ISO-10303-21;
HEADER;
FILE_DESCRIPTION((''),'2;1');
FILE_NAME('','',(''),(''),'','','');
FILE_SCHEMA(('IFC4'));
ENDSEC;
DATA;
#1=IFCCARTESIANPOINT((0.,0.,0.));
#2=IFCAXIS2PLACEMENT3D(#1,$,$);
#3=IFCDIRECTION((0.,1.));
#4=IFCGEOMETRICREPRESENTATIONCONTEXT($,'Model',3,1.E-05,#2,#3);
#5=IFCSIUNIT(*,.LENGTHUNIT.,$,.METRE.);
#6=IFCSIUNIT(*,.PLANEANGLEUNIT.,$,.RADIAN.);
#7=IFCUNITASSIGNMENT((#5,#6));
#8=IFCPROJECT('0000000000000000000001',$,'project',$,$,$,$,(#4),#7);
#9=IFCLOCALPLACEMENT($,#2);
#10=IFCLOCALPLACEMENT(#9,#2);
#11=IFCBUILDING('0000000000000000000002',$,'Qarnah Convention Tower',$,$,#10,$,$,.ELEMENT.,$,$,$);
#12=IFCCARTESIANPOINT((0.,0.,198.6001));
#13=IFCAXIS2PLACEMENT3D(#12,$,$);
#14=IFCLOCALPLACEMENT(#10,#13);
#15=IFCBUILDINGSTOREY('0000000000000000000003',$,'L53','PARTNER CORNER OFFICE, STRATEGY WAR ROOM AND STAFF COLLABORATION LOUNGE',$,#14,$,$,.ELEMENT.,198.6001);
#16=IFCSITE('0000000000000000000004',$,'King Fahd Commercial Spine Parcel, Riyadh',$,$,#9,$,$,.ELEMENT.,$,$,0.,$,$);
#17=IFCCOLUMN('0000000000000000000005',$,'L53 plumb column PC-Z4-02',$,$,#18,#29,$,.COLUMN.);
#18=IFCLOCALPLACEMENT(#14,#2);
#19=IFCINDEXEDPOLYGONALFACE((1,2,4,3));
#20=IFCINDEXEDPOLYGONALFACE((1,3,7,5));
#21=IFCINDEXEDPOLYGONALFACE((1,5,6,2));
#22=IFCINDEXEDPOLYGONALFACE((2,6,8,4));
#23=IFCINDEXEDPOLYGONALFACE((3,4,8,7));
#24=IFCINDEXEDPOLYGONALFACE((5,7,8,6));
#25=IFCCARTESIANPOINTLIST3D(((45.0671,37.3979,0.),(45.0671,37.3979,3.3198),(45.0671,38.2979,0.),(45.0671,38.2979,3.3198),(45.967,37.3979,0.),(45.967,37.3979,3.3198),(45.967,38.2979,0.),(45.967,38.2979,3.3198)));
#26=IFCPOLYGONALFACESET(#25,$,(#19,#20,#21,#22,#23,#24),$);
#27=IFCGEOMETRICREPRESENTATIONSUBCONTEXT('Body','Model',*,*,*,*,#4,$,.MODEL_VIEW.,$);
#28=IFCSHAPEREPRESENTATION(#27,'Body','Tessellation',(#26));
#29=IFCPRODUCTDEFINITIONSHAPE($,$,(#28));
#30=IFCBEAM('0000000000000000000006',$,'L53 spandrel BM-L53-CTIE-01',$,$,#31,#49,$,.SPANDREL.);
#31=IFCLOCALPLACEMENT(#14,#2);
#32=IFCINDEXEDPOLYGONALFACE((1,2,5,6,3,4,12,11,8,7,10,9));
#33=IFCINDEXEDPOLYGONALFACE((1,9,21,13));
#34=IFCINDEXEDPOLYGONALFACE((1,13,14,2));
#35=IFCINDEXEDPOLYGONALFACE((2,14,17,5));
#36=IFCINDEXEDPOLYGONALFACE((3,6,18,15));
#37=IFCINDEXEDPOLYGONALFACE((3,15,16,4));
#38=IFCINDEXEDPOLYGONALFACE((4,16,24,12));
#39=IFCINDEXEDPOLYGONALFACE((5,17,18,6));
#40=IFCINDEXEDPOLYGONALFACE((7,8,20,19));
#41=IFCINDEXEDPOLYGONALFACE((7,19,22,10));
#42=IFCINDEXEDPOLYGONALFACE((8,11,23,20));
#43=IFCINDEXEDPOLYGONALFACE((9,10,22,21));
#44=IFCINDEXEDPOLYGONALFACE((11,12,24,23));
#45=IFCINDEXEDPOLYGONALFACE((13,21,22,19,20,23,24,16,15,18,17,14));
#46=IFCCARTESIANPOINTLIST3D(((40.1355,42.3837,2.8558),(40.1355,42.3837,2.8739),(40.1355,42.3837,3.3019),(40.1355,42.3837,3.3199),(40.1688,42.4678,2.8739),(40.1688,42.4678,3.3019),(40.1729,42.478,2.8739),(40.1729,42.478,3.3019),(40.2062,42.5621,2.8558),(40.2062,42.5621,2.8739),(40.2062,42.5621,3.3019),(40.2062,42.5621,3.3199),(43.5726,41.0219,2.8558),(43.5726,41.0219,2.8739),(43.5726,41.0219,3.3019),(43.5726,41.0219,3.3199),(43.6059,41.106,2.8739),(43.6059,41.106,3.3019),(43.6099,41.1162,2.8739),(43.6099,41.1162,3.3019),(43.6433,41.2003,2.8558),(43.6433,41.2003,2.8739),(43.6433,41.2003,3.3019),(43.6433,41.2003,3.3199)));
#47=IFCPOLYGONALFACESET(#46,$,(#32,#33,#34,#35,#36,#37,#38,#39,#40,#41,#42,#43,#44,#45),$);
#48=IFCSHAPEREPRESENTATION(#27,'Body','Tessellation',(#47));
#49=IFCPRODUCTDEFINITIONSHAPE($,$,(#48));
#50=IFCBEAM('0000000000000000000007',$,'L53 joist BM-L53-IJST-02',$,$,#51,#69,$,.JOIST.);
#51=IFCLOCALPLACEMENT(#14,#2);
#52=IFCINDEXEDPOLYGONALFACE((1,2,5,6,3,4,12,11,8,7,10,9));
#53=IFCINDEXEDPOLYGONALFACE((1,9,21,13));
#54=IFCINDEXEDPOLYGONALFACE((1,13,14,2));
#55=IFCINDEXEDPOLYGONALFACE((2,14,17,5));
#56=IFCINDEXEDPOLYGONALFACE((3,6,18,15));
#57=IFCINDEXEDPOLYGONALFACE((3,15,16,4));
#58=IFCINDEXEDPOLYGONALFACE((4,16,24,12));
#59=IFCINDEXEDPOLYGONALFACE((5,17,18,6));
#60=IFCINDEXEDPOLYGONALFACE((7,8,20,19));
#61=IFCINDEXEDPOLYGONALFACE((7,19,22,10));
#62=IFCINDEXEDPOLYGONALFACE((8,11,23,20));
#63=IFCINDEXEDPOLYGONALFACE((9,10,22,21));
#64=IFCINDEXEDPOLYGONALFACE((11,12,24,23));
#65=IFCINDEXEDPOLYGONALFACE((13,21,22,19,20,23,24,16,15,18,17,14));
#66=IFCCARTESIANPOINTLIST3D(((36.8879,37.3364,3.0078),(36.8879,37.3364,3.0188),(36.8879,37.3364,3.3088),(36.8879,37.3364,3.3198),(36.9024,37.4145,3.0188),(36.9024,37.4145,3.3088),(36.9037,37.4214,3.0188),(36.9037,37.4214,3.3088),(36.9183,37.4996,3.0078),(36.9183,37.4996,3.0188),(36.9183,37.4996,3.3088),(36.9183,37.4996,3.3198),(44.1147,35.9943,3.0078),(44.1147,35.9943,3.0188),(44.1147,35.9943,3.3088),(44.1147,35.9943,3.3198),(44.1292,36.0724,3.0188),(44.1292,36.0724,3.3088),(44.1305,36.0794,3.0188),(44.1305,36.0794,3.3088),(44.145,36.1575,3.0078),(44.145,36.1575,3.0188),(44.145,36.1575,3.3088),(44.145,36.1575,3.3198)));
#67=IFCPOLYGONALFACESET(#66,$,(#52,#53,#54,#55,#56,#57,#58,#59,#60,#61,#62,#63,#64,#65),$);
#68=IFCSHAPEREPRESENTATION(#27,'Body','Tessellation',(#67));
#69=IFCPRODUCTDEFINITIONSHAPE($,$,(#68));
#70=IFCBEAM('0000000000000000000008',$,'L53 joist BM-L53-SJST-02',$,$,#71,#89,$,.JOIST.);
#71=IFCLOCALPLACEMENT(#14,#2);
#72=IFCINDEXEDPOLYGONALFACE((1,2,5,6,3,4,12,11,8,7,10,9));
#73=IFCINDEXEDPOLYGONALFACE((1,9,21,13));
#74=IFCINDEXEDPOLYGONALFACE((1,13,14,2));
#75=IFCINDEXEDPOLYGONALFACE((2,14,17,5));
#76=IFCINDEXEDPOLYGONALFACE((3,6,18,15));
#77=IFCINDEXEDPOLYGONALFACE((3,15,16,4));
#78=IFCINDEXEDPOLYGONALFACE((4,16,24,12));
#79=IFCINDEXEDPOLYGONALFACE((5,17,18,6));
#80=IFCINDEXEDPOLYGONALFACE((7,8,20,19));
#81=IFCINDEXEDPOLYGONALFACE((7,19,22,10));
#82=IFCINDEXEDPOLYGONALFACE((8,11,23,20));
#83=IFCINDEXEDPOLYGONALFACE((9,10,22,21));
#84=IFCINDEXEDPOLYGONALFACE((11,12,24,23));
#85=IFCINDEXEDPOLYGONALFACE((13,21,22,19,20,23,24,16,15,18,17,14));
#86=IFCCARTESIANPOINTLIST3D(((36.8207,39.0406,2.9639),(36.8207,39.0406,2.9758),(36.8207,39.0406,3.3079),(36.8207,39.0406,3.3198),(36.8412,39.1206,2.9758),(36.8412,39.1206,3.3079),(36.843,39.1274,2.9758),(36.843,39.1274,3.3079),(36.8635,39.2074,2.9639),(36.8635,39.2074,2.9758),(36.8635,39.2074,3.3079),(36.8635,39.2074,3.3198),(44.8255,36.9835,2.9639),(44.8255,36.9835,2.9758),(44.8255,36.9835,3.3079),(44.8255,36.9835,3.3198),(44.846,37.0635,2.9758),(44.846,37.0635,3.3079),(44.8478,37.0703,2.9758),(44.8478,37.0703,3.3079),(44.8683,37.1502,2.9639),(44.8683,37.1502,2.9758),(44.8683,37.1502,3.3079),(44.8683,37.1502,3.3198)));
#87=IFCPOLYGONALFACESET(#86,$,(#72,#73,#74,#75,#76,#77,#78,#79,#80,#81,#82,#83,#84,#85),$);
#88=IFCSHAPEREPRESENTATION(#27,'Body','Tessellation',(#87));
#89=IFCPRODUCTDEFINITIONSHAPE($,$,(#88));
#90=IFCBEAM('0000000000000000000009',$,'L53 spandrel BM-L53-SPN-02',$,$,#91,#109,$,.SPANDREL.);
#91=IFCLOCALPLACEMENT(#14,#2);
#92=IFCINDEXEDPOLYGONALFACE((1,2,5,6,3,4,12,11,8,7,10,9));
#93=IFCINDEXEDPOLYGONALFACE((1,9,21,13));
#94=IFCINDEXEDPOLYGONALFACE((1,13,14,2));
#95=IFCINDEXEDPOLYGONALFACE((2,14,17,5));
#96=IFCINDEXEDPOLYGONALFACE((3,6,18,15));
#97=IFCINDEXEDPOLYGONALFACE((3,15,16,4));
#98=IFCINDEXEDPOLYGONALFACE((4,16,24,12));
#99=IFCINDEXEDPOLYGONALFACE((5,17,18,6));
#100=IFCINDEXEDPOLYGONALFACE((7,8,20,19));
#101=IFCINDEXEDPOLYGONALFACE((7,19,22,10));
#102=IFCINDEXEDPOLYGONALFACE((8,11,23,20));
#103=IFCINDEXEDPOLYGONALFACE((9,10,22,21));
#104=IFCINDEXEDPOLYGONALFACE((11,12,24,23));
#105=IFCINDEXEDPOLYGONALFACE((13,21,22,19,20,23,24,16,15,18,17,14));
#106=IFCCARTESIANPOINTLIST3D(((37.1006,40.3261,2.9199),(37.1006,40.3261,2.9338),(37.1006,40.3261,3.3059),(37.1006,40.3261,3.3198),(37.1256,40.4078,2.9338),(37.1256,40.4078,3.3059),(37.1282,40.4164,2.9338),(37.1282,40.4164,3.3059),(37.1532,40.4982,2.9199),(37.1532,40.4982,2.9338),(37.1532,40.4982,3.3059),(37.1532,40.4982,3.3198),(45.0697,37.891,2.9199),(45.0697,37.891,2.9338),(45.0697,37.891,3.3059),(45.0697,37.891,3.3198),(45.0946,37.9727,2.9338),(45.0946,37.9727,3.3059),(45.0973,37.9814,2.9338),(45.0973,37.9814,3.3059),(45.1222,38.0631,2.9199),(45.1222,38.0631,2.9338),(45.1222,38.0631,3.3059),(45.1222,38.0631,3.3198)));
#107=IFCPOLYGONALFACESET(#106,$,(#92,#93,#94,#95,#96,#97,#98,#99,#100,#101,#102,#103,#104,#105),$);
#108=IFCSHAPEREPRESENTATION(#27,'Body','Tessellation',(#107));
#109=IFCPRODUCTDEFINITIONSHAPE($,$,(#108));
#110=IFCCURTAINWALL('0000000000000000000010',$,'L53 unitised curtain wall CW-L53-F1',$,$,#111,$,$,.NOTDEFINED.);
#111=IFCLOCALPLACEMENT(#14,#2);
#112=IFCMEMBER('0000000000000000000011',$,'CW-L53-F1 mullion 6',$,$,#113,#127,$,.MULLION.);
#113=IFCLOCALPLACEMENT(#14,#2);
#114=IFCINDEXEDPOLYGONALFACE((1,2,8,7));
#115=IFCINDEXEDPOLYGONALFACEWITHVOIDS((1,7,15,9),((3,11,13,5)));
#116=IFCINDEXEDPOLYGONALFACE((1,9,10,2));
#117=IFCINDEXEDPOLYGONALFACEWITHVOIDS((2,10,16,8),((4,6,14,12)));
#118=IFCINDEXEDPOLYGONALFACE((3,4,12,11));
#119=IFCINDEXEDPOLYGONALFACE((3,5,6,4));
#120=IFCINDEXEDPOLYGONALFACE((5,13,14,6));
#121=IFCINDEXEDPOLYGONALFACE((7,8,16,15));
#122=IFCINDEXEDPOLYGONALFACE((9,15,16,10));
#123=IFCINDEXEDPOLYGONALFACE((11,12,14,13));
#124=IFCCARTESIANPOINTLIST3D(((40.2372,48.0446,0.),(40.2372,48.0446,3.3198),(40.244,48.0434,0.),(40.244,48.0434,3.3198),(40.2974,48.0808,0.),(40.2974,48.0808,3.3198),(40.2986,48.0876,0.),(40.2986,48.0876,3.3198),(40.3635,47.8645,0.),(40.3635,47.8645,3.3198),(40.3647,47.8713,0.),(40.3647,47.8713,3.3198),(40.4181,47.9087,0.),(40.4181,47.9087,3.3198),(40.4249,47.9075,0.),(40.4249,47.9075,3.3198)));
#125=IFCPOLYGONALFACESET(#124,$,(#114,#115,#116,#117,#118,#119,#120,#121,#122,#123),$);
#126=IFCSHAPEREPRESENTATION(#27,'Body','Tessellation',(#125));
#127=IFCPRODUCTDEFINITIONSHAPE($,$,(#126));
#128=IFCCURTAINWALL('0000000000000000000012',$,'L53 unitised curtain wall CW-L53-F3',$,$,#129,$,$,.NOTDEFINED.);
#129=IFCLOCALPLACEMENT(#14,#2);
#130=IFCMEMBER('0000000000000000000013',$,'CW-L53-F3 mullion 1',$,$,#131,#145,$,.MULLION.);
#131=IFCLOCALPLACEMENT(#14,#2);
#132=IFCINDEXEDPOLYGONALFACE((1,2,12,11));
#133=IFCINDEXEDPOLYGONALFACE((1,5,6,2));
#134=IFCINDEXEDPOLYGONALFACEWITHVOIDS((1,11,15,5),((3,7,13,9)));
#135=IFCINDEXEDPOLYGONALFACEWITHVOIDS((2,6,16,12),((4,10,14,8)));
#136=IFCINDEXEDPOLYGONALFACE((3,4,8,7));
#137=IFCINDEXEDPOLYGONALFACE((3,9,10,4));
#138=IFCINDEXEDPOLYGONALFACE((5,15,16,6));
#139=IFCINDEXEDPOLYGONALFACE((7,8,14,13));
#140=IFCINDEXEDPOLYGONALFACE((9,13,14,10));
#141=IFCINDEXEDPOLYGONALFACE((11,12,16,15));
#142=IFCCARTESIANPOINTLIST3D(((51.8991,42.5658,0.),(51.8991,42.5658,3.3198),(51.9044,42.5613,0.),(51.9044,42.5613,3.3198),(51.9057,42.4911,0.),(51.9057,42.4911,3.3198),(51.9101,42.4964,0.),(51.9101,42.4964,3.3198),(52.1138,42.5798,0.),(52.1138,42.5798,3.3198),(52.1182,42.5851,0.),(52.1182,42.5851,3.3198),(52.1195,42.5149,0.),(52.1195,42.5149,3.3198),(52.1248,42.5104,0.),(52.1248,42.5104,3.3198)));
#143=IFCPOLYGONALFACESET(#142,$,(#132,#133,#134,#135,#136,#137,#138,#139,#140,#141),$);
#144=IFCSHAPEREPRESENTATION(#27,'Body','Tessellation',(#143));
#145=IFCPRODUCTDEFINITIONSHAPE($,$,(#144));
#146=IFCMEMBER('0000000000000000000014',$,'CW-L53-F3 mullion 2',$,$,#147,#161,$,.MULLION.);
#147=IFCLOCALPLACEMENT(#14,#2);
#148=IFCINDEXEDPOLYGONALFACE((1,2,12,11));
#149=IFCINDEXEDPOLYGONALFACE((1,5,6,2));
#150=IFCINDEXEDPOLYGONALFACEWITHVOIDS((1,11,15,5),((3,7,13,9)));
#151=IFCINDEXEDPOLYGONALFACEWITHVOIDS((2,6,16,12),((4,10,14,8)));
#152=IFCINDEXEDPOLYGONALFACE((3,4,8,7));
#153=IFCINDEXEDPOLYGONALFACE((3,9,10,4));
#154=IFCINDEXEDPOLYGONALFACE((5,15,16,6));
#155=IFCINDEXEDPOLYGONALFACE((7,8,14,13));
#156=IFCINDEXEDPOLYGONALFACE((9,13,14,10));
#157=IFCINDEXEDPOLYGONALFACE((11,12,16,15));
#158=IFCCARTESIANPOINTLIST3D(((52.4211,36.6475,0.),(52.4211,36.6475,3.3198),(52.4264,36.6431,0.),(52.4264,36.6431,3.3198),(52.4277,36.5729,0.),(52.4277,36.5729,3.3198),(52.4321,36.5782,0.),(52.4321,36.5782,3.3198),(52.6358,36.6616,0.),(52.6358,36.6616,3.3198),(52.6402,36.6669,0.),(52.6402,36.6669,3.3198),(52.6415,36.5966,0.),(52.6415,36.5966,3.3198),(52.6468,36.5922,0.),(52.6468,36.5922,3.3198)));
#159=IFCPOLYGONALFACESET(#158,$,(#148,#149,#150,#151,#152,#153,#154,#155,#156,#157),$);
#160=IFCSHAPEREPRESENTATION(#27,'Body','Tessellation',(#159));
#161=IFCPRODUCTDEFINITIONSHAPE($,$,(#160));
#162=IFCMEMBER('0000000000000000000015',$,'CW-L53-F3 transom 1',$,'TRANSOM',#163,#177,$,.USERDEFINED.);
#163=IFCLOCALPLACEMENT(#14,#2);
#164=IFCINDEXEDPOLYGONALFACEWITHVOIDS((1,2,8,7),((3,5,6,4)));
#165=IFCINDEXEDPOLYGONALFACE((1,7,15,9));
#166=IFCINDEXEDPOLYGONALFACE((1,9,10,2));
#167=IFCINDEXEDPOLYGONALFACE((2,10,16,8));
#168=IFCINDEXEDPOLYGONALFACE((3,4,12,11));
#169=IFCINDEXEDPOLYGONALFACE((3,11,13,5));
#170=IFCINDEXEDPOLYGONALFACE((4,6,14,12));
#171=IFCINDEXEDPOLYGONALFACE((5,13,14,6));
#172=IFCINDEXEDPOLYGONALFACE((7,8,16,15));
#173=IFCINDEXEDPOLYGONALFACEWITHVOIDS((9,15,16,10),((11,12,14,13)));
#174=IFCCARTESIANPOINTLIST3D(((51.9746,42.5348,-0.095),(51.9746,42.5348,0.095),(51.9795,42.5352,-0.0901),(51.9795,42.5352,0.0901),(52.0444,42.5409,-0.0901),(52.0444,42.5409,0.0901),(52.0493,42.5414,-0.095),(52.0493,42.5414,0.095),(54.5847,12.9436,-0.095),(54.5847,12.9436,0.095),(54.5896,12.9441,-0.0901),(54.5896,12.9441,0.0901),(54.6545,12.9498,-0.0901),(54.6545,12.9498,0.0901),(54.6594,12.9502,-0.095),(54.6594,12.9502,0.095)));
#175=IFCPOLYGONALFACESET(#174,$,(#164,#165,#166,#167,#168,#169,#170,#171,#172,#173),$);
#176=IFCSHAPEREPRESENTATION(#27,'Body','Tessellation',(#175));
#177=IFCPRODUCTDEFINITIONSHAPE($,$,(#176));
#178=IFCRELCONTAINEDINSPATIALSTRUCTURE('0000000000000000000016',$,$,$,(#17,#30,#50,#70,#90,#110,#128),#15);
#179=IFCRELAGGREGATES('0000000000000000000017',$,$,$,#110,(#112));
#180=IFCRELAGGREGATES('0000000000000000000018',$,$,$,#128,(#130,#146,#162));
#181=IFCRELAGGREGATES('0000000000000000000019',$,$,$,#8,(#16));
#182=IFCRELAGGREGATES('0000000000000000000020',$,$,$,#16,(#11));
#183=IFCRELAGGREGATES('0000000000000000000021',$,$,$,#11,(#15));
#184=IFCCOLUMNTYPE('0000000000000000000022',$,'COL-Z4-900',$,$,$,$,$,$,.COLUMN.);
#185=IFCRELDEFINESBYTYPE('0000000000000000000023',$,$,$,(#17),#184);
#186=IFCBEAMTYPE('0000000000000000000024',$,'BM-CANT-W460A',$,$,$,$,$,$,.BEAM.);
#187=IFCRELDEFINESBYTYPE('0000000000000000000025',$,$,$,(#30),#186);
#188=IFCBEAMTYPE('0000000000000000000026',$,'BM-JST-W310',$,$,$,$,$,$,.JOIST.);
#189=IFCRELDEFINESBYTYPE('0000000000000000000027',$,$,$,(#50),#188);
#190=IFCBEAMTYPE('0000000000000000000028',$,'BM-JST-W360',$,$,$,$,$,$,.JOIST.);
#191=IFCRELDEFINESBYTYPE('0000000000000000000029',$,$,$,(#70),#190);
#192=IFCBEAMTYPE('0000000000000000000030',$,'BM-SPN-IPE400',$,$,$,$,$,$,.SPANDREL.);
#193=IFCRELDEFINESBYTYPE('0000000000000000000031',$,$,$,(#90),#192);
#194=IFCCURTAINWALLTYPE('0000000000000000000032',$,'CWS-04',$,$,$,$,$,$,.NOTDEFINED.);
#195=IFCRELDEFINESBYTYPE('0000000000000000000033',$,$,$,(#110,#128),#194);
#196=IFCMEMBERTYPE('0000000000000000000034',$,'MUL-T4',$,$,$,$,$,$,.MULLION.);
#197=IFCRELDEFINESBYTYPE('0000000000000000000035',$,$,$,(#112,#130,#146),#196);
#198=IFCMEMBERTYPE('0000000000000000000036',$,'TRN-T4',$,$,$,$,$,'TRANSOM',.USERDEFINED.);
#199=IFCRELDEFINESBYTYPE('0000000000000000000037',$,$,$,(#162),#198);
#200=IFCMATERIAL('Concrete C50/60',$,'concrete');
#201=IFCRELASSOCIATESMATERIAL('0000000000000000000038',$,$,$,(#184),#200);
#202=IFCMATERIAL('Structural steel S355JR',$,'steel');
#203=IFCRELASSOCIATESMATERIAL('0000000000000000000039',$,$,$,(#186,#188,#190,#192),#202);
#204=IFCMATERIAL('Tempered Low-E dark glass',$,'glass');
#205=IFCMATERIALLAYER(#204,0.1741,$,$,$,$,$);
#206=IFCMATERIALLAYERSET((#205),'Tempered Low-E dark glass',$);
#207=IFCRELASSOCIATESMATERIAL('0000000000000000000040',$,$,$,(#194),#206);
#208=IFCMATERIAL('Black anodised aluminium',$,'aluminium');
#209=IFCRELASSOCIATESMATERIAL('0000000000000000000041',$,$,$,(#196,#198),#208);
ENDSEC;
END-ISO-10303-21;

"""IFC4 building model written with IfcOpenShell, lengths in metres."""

from ifc_helpers import new_model, si_unit, direction, frame, origin, origin_2d, place, context, subcontext, project, spatial, rectangle, hollow_rectangle, i_section, extrude, material, layer, layer_set, material_profile, profile_set, type_object, element, aggregate, save


model = new_model("IFC4")

# Units and contexts
model_context = context("Model", 3, precision=1e-05, world=origin(), true_north=direction((0.0, 1.0)))
body_context = subcontext(model_context, "Body", "Model", "MODEL_VIEW")
ifc_project = project(units=[si_unit("LENGTHUNIT", "METRE"), si_unit("PLANEANGLEUNIT", "RADIAN")], contexts=[model_context])

# Site, building, storey
site_placement = place(None, origin())
site = spatial("IfcSite", under=ifc_project, at=site_placement, Name="King Fahd Commercial Spine Parcel, Riyadh", CompositionType="ELEMENT", RefElevation=0.0)
building_placement = place(site_placement, origin())
building = spatial("IfcBuilding", under=site, at=building_placement, Name="Qarnah Convention Tower", CompositionType="ELEMENT")
storey_placement = place(building_placement, frame((0.0, 0.0, 198.6001)))
storey = spatial("IfcBuildingStorey", under=building, at=storey_placement, Name="L53", Description="PARTNER CORNER OFFICE, STRATEGY WAR ROOM AND STAFF COLLABORATION LOUNGE", CompositionType="ELEMENT", Elevation=198.6001)

# Column
ifc_material_1 = material(Name="Concrete C50/60", Category="concrete")
ifc_material_profile_1 = material_profile(ifc_material_1, rectangle(XDim=0.8999, YDim=0.8999, at=origin_2d()), Name="RC-COL-900X900")
ifc_profile_set_1 = profile_set([ifc_material_profile_1], Name="Concrete C50/60")
column_type = type_object("IfcColumnType", Name="COL-Z4-900", PredefinedType="COLUMN", material=ifc_profile_set_1)
column_placement = place(storey_placement, frame((45.5171, 37.8479, 0.0), z_axis=(0.0, 0.0, 1.0), x_axis=(1.0, 0.0, 0.0)))
element("IfcColumn", 1, at=column_placement, inside=storey, type_object=column_type, Name="L53 plumb column PC-Z4-02", PredefinedType="COLUMN", context=body_context, shape_type="SweptSolid", body=[
    extrude(rectangle(XDim=0.8999, YDim=0.8999, at=origin_2d()), origin(), (0.0, 0.0, 1.0), 3.3198),
])

# Beams
ifc_material_2 = material(Name="Structural steel S355JR", Category="steel")
ifc_material_profile_2 = material_profile(ifc_material_2, i_section(OverallWidth=0.1919, OverallDepth=0.4641, WebThickness=0.011, FlangeThickness=0.0181, at=origin_2d()), Name="W460X89")
ifc_profile_set_2 = profile_set([ifc_material_profile_2], Name="Structural steel S355JR")
beam_type_1 = type_object("IfcBeamType", Name="BM-CANT-W460A", PredefinedType="BEAM", material=ifc_profile_set_2)
beam_1_placement = place(storey_placement, frame((43.6079, 41.1111, 3.0879), z_axis=(-0.929683, 0.36836, 0.0), x_axis=(-0.36836, -0.929683, 0.0)))
element("IfcBeam", 2, at=beam_1_placement, inside=storey, type_object=beam_type_1, Name="L53 spandrel BM-L53-CTIE-01", PredefinedType="SPANDREL", context=body_context, shape_type="SweptSolid", body=[
    extrude(i_section(OverallWidth=0.1919, OverallDepth=0.4641, WebThickness=0.011, FlangeThickness=0.0181, at=origin_2d()), origin(), (0.0, 0.0, 1.0), 3.697),
])
ifc_material_profile_3 = material_profile(ifc_material_2, i_section(OverallWidth=0.166, OverallDepth=0.312, WebThickness=0.0071, FlangeThickness=0.011, at=origin_2d()), Name="W310X45")
ifc_profile_set_3 = profile_set([ifc_material_profile_3], Name="Structural steel S355JR")
beam_type_2 = type_object("IfcBeamType", Name="BM-JST-W310", PredefinedType="JOIST", material=ifc_profile_set_3)
beam_2_placement = place(storey_placement, frame((44.1299, 36.0759, 3.1638), z_axis=(-0.983191, 0.182582, 0.0), x_axis=(-0.182582, -0.983191, 0.0)))
element("IfcBeam", 3, at=beam_2_placement, inside=storey, type_object=beam_type_2, Name="L53 joist BM-L53-IJST-02", PredefinedType="JOIST", context=body_context, shape_type="SweptSolid", body=[
    extrude(i_section(OverallWidth=0.166, OverallDepth=0.312, WebThickness=0.0071, FlangeThickness=0.011, at=origin_2d()), origin(), (0.0, 0.0, 1.0), 7.3503),
])
ifc_material_profile_4 = material_profile(ifc_material_2, i_section(OverallWidth=0.1721, OverallDepth=0.356, WebThickness=0.0071, FlangeThickness=0.012, at=origin_2d()), Name="W360X51")
ifc_profile_set_4 = profile_set([ifc_material_profile_4], Name="Structural steel S355JR")
beam_type_3 = type_object("IfcBeamType", Name="BM-JST-W360", PredefinedType="JOIST", material=ifc_profile_set_4)
beam_3_placement = place(storey_placement, frame((44.8469, 37.0669, 3.1418), z_axis=(-0.96853, 0.248897, 0.0), x_axis=(-0.248897, -0.96853, 0.0)))
element("IfcBeam", 4, at=beam_3_placement, inside=storey, type_object=beam_type_3, Name="L53 joist BM-L53-SJST-02", PredefinedType="JOIST", context=body_context, shape_type="SweptSolid", body=[
    extrude(i_section(OverallWidth=0.1721, OverallDepth=0.356, WebThickness=0.0071, FlangeThickness=0.012, at=origin_2d()), origin(), (0.0, 0.0, 1.0), 8.2649),
])
ifc_material_profile_5 = material_profile(ifc_material_2, i_section(OverallWidth=0.1799, OverallDepth=0.3999, WebThickness=0.009, FlangeThickness=0.0139, at=origin_2d()), Name="IPE400")
ifc_profile_set_5 = profile_set([ifc_material_profile_5], Name="Structural steel S355JR")
beam_type_4 = type_object("IfcBeamType", Name="BM-SPN-IPE400", PredefinedType="SPANDREL", material=ifc_profile_set_5)
beam_4_placement = place(storey_placement, frame((45.0959, 37.9771, 3.1199), z_axis=(-0.956349, 0.292228, 0.0), x_axis=(-0.292228, -0.956349, 0.0)))
element("IfcBeam", 5, at=beam_4_placement, inside=storey, type_object=beam_type_4, Name="L53 spandrel BM-L53-SPN-02", PredefinedType="SPANDREL", context=body_context, shape_type="SweptSolid", body=[
    extrude(i_section(OverallWidth=0.1799, OverallDepth=0.3999, WebThickness=0.009, FlangeThickness=0.0139, at=origin_2d()), origin(), (0.0, 0.0, 1.0), 8.3328),
])

# Curtain wall, member
ifc_material_3 = material(Name="Tempered Low-E dark glass", Category="glass")
ifc_layer_1 = layer(ifc_material_3, 0.1741)
ifc_layer_set_1 = layer_set([ifc_layer_1], Name="Tempered Low-E dark glass")
curtain_wall_type = type_object("IfcCurtainWallType", Name="CWS-04", PredefinedType="NOTDEFINED", material=ifc_layer_set_1)
curtain_wall_1_placement = place(storey_placement, origin())
curtain_wall_1 = element("IfcCurtainWall", 6, at=curtain_wall_1_placement, inside=storey, type_object=curtain_wall_type, Name="L53 unitised curtain wall CW-L53-F1", PredefinedType="NOTDEFINED")
ifc_material_4 = material(Name="Black anodised aluminium", Category="aluminium")
ifc_material_profile_6 = material_profile(ifc_material_4, hollow_rectangle(XDim=0.075, YDim=0.22, WallThickness=0.0049, at=origin_2d()), Name="MUL-75X220")
ifc_profile_set_6 = profile_set([ifc_material_profile_6], Name="Black anodised aluminium")
member_type_1 = type_object("IfcMemberType", Name="MUL-T4", PredefinedType="MULLION", material=ifc_profile_set_6)
member_1_placement = place(storey_placement, frame((40.3311, 47.9761, 0.0), z_axis=(0.0, 0.0, 1.0), x_axis=(0.818737, 0.574169, 0.0)))
member_1 = element("IfcMember", 7, at=member_1_placement, type_object=member_type_1, Name="CW-L53-F1 mullion 6", PredefinedType="MULLION", context=body_context, shape_type="SweptSolid", body=[
    extrude(hollow_rectangle(XDim=0.075, YDim=0.22, WallThickness=0.0049, at=origin_2d()), origin(), (0.0, 0.0, 1.0), 3.3198),
])

# Curtain wall, members
curtain_wall_2_placement = place(storey_placement, origin())
curtain_wall_2 = element("IfcCurtainWall", 8, at=curtain_wall_2_placement, inside=storey, type_object=curtain_wall_type, Name="L53 unitised curtain wall CW-L53-F3", PredefinedType="NOTDEFINED")
member_2_placement = place(storey_placement, frame((52.012, 42.5381, 0.0), z_axis=(0.0, 0.0, 1.0), x_axis=(0.087861, -0.996133, 0.0)))
member_2 = element("IfcMember", 9, at=member_2_placement, type_object=member_type_1, Name="CW-L53-F3 mullion 1", PredefinedType="MULLION", context=body_context, shape_type="SweptSolid", body=[
    extrude(hollow_rectangle(XDim=0.075, YDim=0.22, WallThickness=0.0049, at=origin_2d()), origin(), (0.0, 0.0, 1.0), 3.3198),
])
member_3_placement = place(storey_placement, frame((52.5339, 36.6199, 0.0), z_axis=(0.0, 0.0, 1.0), x_axis=(0.087861, -0.996133, 0.0)))
member_3 = element("IfcMember", 10, at=member_3_placement, type_object=member_type_1, Name="CW-L53-F3 mullion 2", PredefinedType="MULLION", context=body_context, shape_type="SweptSolid", body=[
    extrude(hollow_rectangle(XDim=0.075, YDim=0.22, WallThickness=0.0049, at=origin_2d()), origin(), (0.0, 0.0, 1.0), 3.3198),
])
ifc_material_profile_7 = material_profile(ifc_material_4, hollow_rectangle(XDim=0.075, YDim=0.1899, WallThickness=0.0049, at=origin_2d()), Name="TRN-75X190")
ifc_profile_set_7 = profile_set([ifc_material_profile_7], Name="Black anodised aluminium")
member_type_2 = type_object("IfcMemberType", Name="TRN-T4", ElementType="TRANSOM", PredefinedType="USERDEFINED", material=ifc_profile_set_7)
member_4_placement = place(storey_placement, frame((52.012, 42.5381, 0.0), z_axis=(0.087865, -0.996132, 0.0), x_axis=(0.996132, 0.087865, 0.0)))
member_4 = element("IfcMember", 11, at=member_4_placement, type_object=member_type_2, Name="CW-L53-F3 transom 1", ObjectType="TRANSOM", PredefinedType="USERDEFINED", context=body_context, shape_type="SweptSolid", body=[
    extrude(hollow_rectangle(XDim=0.075, YDim=0.1899, WallThickness=0.0049, at=origin_2d()), origin(), (0.0, 0.0, 1.0), 29.7061),
])

aggregate(curtain_wall_1, [member_1])
aggregate(curtain_wall_2, [member_2, member_3, member_4])

save(model, "model.ifc")
